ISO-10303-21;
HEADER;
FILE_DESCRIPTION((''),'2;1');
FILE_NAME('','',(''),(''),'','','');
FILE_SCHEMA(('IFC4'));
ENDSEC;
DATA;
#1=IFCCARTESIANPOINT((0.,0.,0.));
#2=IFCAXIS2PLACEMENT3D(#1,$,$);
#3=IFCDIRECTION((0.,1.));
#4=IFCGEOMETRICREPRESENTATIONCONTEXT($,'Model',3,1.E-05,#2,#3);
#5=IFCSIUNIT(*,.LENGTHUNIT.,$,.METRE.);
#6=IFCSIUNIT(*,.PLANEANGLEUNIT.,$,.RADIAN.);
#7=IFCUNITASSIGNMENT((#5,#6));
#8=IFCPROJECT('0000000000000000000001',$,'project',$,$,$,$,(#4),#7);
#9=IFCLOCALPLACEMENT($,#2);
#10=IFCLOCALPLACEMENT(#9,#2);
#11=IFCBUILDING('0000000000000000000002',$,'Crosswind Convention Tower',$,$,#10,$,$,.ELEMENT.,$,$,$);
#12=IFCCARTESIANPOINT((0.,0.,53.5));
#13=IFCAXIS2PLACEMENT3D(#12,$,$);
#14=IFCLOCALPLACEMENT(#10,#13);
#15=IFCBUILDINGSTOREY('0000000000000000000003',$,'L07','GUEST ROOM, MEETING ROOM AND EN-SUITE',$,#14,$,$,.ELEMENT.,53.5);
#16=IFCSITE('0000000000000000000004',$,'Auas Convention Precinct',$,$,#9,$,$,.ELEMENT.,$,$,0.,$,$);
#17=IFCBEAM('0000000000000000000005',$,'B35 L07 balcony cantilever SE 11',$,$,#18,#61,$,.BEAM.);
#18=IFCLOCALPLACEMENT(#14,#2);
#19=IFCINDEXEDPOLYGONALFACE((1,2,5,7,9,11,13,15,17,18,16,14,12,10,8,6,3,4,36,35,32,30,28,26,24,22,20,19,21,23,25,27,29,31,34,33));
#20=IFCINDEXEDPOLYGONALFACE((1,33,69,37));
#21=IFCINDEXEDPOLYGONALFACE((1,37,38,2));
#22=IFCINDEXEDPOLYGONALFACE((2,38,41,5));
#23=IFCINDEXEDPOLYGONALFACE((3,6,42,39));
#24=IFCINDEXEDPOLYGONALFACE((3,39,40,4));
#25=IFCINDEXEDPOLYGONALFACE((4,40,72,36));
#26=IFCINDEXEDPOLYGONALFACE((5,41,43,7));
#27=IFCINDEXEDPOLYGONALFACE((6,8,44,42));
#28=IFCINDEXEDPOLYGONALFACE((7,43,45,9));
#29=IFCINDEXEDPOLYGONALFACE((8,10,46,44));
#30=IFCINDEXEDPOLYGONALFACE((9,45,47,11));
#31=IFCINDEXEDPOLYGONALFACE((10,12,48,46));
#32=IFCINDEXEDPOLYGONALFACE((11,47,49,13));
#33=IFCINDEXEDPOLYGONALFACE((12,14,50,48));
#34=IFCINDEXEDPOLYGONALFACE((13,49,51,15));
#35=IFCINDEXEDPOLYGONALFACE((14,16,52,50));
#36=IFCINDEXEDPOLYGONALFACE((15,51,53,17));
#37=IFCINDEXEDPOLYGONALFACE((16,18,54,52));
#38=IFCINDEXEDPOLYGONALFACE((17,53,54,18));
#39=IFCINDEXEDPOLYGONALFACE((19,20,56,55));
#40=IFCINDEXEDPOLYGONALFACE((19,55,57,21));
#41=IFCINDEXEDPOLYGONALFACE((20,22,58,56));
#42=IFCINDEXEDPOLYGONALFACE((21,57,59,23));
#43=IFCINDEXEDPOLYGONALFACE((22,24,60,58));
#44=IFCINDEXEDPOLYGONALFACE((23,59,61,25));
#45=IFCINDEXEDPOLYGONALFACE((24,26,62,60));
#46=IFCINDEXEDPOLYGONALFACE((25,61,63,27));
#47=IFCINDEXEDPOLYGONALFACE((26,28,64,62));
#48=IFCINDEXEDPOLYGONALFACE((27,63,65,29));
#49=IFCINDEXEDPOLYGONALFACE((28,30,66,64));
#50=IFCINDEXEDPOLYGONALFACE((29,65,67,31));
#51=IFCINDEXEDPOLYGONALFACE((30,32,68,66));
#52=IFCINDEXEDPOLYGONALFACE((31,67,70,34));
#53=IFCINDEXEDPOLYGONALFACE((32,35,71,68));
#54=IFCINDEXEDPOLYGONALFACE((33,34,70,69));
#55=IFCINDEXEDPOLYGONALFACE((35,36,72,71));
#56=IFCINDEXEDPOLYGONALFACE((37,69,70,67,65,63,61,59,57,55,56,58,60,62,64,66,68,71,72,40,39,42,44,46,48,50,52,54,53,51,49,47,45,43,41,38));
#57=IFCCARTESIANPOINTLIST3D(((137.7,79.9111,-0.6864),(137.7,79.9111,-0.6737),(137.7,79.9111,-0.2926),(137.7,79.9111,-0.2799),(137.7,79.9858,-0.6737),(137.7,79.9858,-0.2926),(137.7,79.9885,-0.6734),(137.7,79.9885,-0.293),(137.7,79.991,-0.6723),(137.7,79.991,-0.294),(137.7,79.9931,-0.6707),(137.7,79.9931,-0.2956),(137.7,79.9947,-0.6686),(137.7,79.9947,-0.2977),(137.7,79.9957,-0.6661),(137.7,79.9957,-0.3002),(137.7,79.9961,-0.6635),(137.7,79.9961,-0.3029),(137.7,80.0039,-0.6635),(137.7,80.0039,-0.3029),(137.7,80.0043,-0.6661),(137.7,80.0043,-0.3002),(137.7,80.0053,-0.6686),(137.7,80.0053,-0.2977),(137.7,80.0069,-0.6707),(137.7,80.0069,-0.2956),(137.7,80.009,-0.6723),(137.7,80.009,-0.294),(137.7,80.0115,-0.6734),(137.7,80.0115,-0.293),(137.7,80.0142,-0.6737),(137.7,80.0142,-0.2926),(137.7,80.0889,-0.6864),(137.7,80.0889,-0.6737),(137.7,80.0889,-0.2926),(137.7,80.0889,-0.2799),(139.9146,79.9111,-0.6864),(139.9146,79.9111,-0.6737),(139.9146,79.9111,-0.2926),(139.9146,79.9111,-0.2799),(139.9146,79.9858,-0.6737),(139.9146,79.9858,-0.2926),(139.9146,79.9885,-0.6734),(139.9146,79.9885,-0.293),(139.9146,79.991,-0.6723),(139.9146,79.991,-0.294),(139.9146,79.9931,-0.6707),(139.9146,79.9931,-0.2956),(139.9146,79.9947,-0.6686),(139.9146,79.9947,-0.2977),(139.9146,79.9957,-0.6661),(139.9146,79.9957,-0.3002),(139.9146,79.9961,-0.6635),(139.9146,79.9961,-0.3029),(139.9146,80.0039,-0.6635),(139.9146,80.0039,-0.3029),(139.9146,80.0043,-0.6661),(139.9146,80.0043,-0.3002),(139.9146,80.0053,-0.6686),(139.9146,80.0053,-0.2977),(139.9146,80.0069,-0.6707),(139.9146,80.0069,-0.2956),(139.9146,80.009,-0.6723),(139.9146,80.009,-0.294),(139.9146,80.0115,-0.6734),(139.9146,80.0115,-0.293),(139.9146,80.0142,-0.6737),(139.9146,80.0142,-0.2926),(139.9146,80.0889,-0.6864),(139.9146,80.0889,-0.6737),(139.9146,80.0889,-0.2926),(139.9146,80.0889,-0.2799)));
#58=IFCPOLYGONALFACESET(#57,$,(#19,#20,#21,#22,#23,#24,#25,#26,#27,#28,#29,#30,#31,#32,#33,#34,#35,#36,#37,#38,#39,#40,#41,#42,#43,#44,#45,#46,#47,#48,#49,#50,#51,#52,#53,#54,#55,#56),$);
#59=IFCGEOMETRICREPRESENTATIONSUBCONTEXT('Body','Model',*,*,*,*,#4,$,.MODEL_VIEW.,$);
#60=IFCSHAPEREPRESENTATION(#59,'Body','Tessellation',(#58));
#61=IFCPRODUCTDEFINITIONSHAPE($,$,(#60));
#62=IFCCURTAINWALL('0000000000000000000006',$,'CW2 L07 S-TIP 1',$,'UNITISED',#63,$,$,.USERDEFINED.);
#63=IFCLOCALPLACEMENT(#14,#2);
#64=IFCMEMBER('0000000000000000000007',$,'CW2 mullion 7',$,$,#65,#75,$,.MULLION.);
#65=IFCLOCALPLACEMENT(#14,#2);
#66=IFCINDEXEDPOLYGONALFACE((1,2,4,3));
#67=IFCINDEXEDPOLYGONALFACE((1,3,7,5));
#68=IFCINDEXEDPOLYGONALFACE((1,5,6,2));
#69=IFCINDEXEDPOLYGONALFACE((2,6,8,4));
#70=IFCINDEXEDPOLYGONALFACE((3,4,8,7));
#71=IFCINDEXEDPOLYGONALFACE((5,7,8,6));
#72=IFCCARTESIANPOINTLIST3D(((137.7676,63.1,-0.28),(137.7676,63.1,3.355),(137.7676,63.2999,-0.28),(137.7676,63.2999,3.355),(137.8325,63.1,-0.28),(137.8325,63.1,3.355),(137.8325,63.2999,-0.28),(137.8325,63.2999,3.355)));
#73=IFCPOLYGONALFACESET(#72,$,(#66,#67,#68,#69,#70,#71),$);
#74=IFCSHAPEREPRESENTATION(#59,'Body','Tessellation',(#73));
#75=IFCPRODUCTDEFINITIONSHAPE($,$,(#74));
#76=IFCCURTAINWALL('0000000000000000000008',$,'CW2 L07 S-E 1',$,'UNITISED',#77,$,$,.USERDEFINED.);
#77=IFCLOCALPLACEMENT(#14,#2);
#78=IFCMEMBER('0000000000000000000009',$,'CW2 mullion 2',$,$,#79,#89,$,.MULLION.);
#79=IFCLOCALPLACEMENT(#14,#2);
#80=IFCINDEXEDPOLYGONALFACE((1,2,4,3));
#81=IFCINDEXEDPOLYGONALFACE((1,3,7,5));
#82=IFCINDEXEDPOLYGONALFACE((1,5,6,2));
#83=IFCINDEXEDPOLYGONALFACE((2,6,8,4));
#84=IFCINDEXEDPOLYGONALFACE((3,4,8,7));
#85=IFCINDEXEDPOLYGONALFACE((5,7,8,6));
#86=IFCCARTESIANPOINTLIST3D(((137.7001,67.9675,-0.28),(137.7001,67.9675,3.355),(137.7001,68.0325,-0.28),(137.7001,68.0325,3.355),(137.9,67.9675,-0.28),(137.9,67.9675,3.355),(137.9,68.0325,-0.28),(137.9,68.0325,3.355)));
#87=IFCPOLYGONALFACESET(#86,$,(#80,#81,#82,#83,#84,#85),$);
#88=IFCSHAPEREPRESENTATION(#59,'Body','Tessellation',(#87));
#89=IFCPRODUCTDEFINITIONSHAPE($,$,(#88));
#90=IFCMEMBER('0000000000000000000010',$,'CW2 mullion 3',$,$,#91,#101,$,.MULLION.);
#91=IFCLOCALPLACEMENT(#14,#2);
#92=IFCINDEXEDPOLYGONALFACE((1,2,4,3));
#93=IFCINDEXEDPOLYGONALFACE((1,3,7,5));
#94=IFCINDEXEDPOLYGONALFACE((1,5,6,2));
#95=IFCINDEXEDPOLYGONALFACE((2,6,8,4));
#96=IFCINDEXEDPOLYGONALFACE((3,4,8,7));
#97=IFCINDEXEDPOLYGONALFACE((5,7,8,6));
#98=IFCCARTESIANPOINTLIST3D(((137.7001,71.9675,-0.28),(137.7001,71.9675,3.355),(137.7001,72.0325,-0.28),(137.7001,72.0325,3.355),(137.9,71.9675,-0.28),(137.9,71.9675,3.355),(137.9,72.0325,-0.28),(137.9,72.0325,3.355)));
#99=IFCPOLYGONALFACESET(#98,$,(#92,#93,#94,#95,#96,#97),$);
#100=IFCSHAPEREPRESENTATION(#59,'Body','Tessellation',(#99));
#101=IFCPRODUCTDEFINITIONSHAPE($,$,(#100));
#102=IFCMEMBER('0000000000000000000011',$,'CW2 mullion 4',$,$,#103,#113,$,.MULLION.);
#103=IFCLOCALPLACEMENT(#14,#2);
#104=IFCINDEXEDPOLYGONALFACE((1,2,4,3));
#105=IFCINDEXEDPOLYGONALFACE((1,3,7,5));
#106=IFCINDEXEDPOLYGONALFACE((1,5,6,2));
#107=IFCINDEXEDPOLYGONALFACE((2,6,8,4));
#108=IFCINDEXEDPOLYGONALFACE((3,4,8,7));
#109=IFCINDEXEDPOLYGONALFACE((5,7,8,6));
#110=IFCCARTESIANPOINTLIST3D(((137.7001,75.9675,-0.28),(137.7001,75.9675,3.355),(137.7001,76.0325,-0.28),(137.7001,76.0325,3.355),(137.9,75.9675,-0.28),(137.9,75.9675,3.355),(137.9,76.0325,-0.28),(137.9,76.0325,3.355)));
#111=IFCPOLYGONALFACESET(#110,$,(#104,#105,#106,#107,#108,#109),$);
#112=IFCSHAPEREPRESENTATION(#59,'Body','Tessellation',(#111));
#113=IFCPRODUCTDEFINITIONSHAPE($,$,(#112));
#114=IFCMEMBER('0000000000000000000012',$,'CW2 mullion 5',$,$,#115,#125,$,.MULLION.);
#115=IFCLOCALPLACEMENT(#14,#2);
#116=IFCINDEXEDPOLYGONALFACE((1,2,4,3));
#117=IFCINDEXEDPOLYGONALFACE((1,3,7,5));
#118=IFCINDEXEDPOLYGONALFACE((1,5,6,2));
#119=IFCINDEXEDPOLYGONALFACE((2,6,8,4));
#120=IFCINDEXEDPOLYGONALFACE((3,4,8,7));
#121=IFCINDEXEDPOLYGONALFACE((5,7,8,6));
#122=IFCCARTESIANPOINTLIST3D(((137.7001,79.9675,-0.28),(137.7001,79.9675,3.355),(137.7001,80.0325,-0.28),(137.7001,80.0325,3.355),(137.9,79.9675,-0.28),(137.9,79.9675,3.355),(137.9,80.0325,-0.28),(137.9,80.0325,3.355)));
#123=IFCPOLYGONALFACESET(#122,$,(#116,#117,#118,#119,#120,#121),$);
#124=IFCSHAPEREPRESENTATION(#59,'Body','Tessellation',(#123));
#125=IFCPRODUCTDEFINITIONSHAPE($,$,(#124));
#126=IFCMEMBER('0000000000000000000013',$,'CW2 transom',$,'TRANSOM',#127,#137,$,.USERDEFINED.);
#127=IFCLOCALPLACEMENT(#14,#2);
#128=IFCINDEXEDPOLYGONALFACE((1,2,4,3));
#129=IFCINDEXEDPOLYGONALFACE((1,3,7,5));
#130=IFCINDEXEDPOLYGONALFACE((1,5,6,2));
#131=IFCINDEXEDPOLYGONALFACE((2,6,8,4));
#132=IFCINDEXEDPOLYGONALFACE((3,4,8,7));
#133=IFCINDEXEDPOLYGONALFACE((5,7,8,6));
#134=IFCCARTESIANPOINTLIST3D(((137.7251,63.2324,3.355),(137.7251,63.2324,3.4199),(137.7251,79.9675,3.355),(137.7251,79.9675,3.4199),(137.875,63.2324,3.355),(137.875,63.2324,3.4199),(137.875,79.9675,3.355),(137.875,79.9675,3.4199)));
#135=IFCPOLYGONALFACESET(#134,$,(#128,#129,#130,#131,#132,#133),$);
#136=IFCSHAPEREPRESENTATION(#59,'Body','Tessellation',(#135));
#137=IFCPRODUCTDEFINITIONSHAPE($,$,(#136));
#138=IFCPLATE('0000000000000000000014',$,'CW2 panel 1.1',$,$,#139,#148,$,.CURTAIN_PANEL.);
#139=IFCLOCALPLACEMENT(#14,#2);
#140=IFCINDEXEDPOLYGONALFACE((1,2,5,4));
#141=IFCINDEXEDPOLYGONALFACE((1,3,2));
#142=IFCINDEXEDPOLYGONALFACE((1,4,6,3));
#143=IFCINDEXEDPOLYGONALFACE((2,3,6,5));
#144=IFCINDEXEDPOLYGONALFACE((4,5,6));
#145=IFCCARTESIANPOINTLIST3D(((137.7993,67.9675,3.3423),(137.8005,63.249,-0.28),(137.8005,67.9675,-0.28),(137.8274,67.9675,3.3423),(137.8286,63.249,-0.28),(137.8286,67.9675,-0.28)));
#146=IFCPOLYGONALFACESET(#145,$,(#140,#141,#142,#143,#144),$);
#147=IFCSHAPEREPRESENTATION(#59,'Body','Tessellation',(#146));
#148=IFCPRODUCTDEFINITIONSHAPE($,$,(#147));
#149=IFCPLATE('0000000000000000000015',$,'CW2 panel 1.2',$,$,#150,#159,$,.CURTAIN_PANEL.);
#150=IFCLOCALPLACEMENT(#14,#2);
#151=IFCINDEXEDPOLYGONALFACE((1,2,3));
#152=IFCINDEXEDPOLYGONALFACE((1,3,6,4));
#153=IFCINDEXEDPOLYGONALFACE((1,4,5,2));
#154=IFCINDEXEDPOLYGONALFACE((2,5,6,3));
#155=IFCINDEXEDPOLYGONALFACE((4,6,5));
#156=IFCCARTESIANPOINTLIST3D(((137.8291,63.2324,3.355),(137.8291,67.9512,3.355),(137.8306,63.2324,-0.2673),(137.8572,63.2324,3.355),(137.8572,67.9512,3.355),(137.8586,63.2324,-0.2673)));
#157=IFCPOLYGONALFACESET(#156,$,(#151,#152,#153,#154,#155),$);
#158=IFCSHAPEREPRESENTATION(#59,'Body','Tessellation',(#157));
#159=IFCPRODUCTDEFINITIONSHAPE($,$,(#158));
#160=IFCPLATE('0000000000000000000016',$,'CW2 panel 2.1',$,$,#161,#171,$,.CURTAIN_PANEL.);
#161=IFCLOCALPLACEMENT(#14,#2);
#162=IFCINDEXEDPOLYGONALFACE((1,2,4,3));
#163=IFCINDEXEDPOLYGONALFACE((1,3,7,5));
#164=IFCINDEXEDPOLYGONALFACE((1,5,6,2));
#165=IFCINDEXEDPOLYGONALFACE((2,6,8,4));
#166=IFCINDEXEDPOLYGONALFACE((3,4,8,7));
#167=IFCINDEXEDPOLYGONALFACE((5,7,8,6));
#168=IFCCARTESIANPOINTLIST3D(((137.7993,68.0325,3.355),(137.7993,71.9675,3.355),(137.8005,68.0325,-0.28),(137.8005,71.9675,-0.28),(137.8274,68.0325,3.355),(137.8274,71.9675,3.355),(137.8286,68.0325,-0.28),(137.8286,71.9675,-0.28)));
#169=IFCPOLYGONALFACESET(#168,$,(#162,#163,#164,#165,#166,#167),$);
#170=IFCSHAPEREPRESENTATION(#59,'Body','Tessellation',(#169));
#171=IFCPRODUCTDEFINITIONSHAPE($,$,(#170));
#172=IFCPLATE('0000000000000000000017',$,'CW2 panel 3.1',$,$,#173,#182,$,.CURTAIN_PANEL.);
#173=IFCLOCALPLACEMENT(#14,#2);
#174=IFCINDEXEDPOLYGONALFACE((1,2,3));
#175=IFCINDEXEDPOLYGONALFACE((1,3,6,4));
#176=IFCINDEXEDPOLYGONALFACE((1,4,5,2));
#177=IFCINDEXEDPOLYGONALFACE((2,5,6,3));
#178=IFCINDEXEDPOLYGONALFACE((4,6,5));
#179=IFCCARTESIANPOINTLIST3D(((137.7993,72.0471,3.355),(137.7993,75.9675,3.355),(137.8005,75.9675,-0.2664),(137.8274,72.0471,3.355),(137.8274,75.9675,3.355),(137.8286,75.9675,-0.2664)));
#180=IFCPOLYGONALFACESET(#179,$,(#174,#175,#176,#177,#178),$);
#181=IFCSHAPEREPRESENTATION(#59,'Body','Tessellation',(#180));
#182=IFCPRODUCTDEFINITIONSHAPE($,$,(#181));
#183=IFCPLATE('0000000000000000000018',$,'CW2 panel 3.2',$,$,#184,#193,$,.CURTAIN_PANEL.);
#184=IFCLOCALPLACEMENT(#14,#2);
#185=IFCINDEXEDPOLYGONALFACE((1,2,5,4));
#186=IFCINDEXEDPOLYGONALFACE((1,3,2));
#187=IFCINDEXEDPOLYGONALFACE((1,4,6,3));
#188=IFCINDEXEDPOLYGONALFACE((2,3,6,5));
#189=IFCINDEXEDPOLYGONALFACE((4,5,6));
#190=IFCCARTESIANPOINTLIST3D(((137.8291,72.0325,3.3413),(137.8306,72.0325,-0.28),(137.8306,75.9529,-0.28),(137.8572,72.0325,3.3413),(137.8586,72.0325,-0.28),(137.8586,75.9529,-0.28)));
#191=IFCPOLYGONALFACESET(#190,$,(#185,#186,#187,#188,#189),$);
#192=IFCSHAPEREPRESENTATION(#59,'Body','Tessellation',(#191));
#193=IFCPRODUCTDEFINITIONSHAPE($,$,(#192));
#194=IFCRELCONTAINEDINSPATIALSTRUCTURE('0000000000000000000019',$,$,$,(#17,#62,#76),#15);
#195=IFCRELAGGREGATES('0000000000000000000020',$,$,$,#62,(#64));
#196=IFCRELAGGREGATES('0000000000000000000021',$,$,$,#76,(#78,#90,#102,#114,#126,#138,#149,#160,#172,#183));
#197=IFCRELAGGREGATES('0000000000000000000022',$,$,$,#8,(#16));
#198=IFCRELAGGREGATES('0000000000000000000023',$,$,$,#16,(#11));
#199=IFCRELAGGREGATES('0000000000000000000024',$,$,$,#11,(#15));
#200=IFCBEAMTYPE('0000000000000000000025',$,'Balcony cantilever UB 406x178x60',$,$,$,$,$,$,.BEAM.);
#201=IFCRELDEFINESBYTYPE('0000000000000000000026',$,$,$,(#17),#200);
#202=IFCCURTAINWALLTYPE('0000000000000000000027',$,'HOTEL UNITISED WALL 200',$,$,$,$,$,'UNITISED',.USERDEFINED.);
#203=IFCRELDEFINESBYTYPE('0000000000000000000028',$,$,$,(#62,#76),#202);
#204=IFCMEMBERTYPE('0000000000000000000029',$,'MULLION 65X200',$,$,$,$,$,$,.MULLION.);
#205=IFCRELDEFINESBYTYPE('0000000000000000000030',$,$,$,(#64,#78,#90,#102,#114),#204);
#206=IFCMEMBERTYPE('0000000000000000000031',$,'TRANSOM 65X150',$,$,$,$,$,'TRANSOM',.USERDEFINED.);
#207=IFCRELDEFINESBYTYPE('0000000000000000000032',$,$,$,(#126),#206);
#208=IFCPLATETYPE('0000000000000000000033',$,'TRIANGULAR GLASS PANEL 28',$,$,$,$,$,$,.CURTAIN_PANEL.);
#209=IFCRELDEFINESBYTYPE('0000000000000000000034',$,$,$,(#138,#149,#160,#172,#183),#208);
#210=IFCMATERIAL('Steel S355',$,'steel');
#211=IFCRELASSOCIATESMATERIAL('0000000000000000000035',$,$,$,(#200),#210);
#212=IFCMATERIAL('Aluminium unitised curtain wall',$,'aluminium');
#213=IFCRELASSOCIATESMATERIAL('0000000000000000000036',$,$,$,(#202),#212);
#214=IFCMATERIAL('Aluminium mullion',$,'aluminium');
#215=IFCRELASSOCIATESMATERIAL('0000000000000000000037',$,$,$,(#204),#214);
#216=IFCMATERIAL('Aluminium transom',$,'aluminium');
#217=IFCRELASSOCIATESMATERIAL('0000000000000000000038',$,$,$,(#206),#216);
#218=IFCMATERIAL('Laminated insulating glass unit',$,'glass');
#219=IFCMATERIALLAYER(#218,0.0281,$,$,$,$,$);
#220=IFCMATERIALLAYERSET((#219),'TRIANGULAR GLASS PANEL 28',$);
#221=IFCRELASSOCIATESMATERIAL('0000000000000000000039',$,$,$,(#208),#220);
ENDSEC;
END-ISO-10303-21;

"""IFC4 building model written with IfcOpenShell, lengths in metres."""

from ifc_helpers import new_model, si_unit, direction, frame, origin, origin_2d, place, context, subcontext, project, spatial, polyline, rectangle, i_section, outline, extrude, material, layer, layer_set, material_profile, profile_set, type_object, element, aggregate, save


model = new_model("IFC4")

# Units and contexts
model_context = context("Model", 3, precision=1e-05, world=origin(), true_north=direction((0.0, 1.0)))
body_context = subcontext(model_context, "Body", "Model", "MODEL_VIEW")
ifc_project = project(units=[si_unit("LENGTHUNIT", "METRE"), si_unit("PLANEANGLEUNIT", "RADIAN")], contexts=[model_context])

# Site, building, storey
site_placement = place(None, origin())
site = spatial("IfcSite", under=ifc_project, at=site_placement, Name="Auas Convention Precinct", CompositionType="ELEMENT", RefElevation=0.0)
building_placement = place(site_placement, origin())
building = spatial("IfcBuilding", under=site, at=building_placement, Name="Crosswind Convention Tower", CompositionType="ELEMENT")
storey_placement = place(building_placement, frame((0.0, 0.0, 53.5)))
storey = spatial("IfcBuildingStorey", under=building, at=storey_placement, Name="L07", Description="GUEST ROOM, MEETING ROOM AND EN-SUITE", CompositionType="ELEMENT", Elevation=53.5)

# Beam
ifc_material_1 = material(Name="Steel S355", Category="steel")
ifc_material_profile_1 = material_profile(ifc_material_1, i_section(OverallWidth=0.1777, OverallDepth=0.4065, WebThickness=0.0078, FlangeThickness=0.0127, FilletRadius=0.0103, at=origin_2d()), Name="UB 406x178x60")
ifc_profile_set_1 = profile_set([ifc_material_profile_1], Name="Steel S355")
beam_type = type_object("IfcBeamType", Name="Balcony cantilever UB 406x178x60", PredefinedType="BEAM", material=ifc_profile_set_1)
beam_placement = place(storey_placement, frame((137.7, 80.0, -0.4832), z_axis=(1.0, 0.0, 0.0), x_axis=(0.0, 1.0, 0.0)))
element("IfcBeam", 1, at=beam_placement, inside=storey, type_object=beam_type, Name="B35 L07 balcony cantilever SE 11", PredefinedType="BEAM", context=body_context, shape_type="SweptSolid", body=[
    extrude(i_section(OverallWidth=0.1777, OverallDepth=0.4065, WebThickness=0.0078, FlangeThickness=0.0127, FilletRadius=0.0103, at=origin_2d()), origin(), (0.0, 0.0, 1.0), 2.2146),
])

# Curtain wall, member
ifc_material_2 = material(Name="Aluminium unitised curtain wall", Category="aluminium")
curtain_wall_type = type_object("IfcCurtainWallType", Name="HOTEL UNITISED WALL 200", ElementType="UNITISED", PredefinedType="USERDEFINED", material=ifc_material_2)
curtain_wall_1_placement = place(storey_placement, origin())
curtain_wall_1 = element("IfcCurtainWall", 2, at=curtain_wall_1_placement, inside=storey, type_object=curtain_wall_type, Name="CW2 L07 S-TIP 1", ObjectType="UNITISED", PredefinedType="USERDEFINED")
ifc_material_3 = material(Name="Aluminium mullion", Category="aluminium")
ifc_material_profile_2 = material_profile(ifc_material_3, rectangle(XDim=0.2, YDim=0.0649, at=origin_2d()), Name="AL 200X65")
ifc_profile_set_2 = profile_set([ifc_material_profile_2], Name="Aluminium mullion")
member_type_1 = type_object("IfcMemberType", Name="MULLION 65X200", PredefinedType="MULLION", material=ifc_profile_set_2)
member_1_placement = place(storey_placement, frame((137.8, 63.2, -0.28), z_axis=(0.0, 0.0, 1.0), x_axis=(0.0, -1.0, 0.0)))
member_1 = element("IfcMember", 3, at=member_1_placement, type_object=member_type_1, Name="CW2 mullion 7", PredefinedType="MULLION", context=body_context, shape_type="SweptSolid", body=[
    extrude(rectangle(XDim=0.2, YDim=0.0649, at=origin_2d()), origin(), (0.0, 0.0, 1.0), 3.635),
])
aggregate(curtain_wall_1, [member_1])

# Curtain wall, members, plates
curtain_wall_2_placement = place(storey_placement, origin())
curtain_wall_2 = element("IfcCurtainWall", 4, at=curtain_wall_2_placement, inside=storey, type_object=curtain_wall_type, Name="CW2 L07 S-E 1", ObjectType="UNITISED", PredefinedType="USERDEFINED")
member_2_placement = place(storey_placement, frame((137.8, 68.0, -0.28), z_axis=(0.0, 0.0, 1.0), x_axis=(1.0, 0.0, 0.0)))
member_2 = element("IfcMember", 5, at=member_2_placement, type_object=member_type_1, Name="CW2 mullion 2", PredefinedType="MULLION", context=body_context, shape_type="SweptSolid", body=[
    extrude(rectangle(XDim=0.2, YDim=0.0649, at=origin_2d()), origin(), (0.0, 0.0, 1.0), 3.635),
])
member_3_placement = place(storey_placement, frame((137.8, 72.0, -0.28), z_axis=(0.0, 0.0, 1.0), x_axis=(1.0, 0.0, 0.0)))
member_3 = element("IfcMember", 6, at=member_3_placement, type_object=member_type_1, Name="CW2 mullion 3", PredefinedType="MULLION", context=body_context, shape_type="SweptSolid", body=[
    extrude(rectangle(XDim=0.2, YDim=0.0649, at=origin_2d()), origin(), (0.0, 0.0, 1.0), 3.635),
])
member_4_placement = place(storey_placement, frame((137.8, 76.0, -0.28), z_axis=(0.0, 0.0, 1.0), x_axis=(1.0, 0.0, 0.0)))
member_4 = element("IfcMember", 7, at=member_4_placement, type_object=member_type_1, Name="CW2 mullion 4", PredefinedType="MULLION", context=body_context, shape_type="SweptSolid", body=[
    extrude(rectangle(XDim=0.2, YDim=0.0649, at=origin_2d()), origin(), (0.0, 0.0, 1.0), 3.635),
])
member_5_placement = place(storey_placement, frame((137.8, 80.0, -0.28), z_axis=(0.0, 0.0, 1.0), x_axis=(1.0, 0.0, 0.0)))
member_5 = element("IfcMember", 8, at=member_5_placement, type_object=member_type_1, Name="CW2 mullion 5", PredefinedType="MULLION", context=body_context, shape_type="SweptSolid", body=[
    extrude(rectangle(XDim=0.2, YDim=0.0649, at=origin_2d()), origin(), (0.0, 0.0, 1.0), 3.635),
])
ifc_material_4 = material(Name="Aluminium transom", Category="aluminium")
ifc_material_profile_3 = material_profile(ifc_material_4, rectangle(XDim=0.1499, YDim=0.0649, at=origin_2d()), Name="AL 150X65")
ifc_profile_set_3 = profile_set([ifc_material_profile_3], Name="Aluminium transom")
member_type_2 = type_object("IfcMemberType", Name="TRANSOM 65X150", ElementType="TRANSOM", PredefinedType="USERDEFINED", material=ifc_profile_set_3)
member_6_placement = place(storey_placement, frame((137.8, 63.2324, 3.3875), z_axis=(0.0, 1.0, 0.0), x_axis=(-1.0, 0.0, 0.0)))
member_6 = element("IfcMember", 9, at=member_6_placement, type_object=member_type_2, Name="CW2 transom", ObjectType="TRANSOM", PredefinedType="USERDEFINED", context=body_context, shape_type="SweptSolid", body=[
    extrude(rectangle(XDim=0.1499, YDim=0.0649, at=origin_2d()), origin(), (0.0, 0.0, 1.0), 16.7351),
])
ifc_material_5 = material(Name="Laminated insulating glass unit", Category="glass")
ifc_layer_1 = layer(ifc_material_5, 0.0281)
ifc_layer_set_1 = layer_set([ifc_layer_1], Name="TRIANGULAR GLASS PANEL 28")
plate_type = type_object("IfcPlateType", Name="TRIANGULAR GLASS PANEL 28", PredefinedType="CURTAIN_PANEL", material=ifc_layer_set_1)
plate_1_placement = place(storey_placement, frame((137.8286, 67.9675, -0.28), z_axis=(1.0, 0.0, 0.000337), x_axis=(-0.000337, 0.0, 1.0)))
plate_1 = element("IfcPlate", 10, at=plate_1_placement, type_object=plate_type, Name="CW2 panel 1.1", PredefinedType="CURTAIN_PANEL", context=body_context, shape_type="SweptSolid", body=[
    extrude(outline(polyline([(0.0, 0.0), (3.6223, 0.0), (0.0, 4.7185), (0.0, 0.0)])), origin(), (0.0, 0.0, -1.0), 0.0281),
])
plate_2_placement = place(storey_placement, frame((137.8572, 63.2324, 3.355), z_axis=(1.0, 0.0, 0.000404), x_axis=(0.000404, 0.0, -1.0)))
plate_2 = element("IfcPlate", 11, at=plate_2_placement, type_object=plate_type, Name="CW2 panel 1.2", PredefinedType="CURTAIN_PANEL", context=body_context, shape_type="SweptSolid", body=[
    extrude(outline(polyline([(0.0, 0.0), (3.6223, 0.0), (0.0, 4.7188), (0.0, 0.0)])), origin(), (0.0, 0.0, -1.0), 0.0281),
])
plate_3_placement = place(storey_placement, frame((137.8286, 68.0325, -0.28), z_axis=(1.0, 0.0, 0.000336), x_axis=(0.0, 1.0, 0.0)))
plate_3 = element("IfcPlate", 12, at=plate_3_placement, type_object=plate_type, Name="CW2 panel 2.1", PredefinedType="CURTAIN_PANEL", context=body_context, shape_type="SweptSolid", body=[
    extrude(outline(polyline([(0.0, 0.0), (3.9351, 0.0), (3.9351, 3.635), (0.0, 3.635), (0.0, 0.0)])), origin(), (0.0, 0.0, -1.0), 0.0281),
])
plate_4_placement = place(storey_placement, frame((137.8274, 75.9675, 3.355), z_axis=(1.0, 0.0, 0.000337), x_axis=(0.0, -1.0, 0.0)))
plate_4 = element("IfcPlate", 13, at=plate_4_placement, type_object=plate_type, Name="CW2 panel 3.1", PredefinedType="CURTAIN_PANEL", context=body_context, shape_type="SweptSolid", body=[
    extrude(outline(polyline([(0.0, 0.0), (3.9204, 0.0), (0.0, 3.6213), (0.0, 0.0)])), origin(), (0.0, 0.0, -1.0), 0.0281),
])
plate_5_placement = place(storey_placement, frame((137.8586, 72.0325, -0.28), z_axis=(1.0, 0.0, 0.000405), x_axis=(0.0, 1.0, 0.0)))
plate_5 = element("IfcPlate", 14, at=plate_5_placement, type_object=plate_type, Name="CW2 panel 3.2", PredefinedType="CURTAIN_PANEL", context=body_context, shape_type="SweptSolid", body=[
    extrude(outline(polyline([(0.0, 0.0), (3.9204, 0.0), (0.0, 3.6213), (0.0, 0.0)])), origin(), (0.0, 0.0, -1.0), 0.0281),
])

aggregate(curtain_wall_2, [member_2, member_3, member_4, member_5, member_6, plate_1, plate_2, plate_3, plate_4, plate_5])

save(model, "model.ifc")
